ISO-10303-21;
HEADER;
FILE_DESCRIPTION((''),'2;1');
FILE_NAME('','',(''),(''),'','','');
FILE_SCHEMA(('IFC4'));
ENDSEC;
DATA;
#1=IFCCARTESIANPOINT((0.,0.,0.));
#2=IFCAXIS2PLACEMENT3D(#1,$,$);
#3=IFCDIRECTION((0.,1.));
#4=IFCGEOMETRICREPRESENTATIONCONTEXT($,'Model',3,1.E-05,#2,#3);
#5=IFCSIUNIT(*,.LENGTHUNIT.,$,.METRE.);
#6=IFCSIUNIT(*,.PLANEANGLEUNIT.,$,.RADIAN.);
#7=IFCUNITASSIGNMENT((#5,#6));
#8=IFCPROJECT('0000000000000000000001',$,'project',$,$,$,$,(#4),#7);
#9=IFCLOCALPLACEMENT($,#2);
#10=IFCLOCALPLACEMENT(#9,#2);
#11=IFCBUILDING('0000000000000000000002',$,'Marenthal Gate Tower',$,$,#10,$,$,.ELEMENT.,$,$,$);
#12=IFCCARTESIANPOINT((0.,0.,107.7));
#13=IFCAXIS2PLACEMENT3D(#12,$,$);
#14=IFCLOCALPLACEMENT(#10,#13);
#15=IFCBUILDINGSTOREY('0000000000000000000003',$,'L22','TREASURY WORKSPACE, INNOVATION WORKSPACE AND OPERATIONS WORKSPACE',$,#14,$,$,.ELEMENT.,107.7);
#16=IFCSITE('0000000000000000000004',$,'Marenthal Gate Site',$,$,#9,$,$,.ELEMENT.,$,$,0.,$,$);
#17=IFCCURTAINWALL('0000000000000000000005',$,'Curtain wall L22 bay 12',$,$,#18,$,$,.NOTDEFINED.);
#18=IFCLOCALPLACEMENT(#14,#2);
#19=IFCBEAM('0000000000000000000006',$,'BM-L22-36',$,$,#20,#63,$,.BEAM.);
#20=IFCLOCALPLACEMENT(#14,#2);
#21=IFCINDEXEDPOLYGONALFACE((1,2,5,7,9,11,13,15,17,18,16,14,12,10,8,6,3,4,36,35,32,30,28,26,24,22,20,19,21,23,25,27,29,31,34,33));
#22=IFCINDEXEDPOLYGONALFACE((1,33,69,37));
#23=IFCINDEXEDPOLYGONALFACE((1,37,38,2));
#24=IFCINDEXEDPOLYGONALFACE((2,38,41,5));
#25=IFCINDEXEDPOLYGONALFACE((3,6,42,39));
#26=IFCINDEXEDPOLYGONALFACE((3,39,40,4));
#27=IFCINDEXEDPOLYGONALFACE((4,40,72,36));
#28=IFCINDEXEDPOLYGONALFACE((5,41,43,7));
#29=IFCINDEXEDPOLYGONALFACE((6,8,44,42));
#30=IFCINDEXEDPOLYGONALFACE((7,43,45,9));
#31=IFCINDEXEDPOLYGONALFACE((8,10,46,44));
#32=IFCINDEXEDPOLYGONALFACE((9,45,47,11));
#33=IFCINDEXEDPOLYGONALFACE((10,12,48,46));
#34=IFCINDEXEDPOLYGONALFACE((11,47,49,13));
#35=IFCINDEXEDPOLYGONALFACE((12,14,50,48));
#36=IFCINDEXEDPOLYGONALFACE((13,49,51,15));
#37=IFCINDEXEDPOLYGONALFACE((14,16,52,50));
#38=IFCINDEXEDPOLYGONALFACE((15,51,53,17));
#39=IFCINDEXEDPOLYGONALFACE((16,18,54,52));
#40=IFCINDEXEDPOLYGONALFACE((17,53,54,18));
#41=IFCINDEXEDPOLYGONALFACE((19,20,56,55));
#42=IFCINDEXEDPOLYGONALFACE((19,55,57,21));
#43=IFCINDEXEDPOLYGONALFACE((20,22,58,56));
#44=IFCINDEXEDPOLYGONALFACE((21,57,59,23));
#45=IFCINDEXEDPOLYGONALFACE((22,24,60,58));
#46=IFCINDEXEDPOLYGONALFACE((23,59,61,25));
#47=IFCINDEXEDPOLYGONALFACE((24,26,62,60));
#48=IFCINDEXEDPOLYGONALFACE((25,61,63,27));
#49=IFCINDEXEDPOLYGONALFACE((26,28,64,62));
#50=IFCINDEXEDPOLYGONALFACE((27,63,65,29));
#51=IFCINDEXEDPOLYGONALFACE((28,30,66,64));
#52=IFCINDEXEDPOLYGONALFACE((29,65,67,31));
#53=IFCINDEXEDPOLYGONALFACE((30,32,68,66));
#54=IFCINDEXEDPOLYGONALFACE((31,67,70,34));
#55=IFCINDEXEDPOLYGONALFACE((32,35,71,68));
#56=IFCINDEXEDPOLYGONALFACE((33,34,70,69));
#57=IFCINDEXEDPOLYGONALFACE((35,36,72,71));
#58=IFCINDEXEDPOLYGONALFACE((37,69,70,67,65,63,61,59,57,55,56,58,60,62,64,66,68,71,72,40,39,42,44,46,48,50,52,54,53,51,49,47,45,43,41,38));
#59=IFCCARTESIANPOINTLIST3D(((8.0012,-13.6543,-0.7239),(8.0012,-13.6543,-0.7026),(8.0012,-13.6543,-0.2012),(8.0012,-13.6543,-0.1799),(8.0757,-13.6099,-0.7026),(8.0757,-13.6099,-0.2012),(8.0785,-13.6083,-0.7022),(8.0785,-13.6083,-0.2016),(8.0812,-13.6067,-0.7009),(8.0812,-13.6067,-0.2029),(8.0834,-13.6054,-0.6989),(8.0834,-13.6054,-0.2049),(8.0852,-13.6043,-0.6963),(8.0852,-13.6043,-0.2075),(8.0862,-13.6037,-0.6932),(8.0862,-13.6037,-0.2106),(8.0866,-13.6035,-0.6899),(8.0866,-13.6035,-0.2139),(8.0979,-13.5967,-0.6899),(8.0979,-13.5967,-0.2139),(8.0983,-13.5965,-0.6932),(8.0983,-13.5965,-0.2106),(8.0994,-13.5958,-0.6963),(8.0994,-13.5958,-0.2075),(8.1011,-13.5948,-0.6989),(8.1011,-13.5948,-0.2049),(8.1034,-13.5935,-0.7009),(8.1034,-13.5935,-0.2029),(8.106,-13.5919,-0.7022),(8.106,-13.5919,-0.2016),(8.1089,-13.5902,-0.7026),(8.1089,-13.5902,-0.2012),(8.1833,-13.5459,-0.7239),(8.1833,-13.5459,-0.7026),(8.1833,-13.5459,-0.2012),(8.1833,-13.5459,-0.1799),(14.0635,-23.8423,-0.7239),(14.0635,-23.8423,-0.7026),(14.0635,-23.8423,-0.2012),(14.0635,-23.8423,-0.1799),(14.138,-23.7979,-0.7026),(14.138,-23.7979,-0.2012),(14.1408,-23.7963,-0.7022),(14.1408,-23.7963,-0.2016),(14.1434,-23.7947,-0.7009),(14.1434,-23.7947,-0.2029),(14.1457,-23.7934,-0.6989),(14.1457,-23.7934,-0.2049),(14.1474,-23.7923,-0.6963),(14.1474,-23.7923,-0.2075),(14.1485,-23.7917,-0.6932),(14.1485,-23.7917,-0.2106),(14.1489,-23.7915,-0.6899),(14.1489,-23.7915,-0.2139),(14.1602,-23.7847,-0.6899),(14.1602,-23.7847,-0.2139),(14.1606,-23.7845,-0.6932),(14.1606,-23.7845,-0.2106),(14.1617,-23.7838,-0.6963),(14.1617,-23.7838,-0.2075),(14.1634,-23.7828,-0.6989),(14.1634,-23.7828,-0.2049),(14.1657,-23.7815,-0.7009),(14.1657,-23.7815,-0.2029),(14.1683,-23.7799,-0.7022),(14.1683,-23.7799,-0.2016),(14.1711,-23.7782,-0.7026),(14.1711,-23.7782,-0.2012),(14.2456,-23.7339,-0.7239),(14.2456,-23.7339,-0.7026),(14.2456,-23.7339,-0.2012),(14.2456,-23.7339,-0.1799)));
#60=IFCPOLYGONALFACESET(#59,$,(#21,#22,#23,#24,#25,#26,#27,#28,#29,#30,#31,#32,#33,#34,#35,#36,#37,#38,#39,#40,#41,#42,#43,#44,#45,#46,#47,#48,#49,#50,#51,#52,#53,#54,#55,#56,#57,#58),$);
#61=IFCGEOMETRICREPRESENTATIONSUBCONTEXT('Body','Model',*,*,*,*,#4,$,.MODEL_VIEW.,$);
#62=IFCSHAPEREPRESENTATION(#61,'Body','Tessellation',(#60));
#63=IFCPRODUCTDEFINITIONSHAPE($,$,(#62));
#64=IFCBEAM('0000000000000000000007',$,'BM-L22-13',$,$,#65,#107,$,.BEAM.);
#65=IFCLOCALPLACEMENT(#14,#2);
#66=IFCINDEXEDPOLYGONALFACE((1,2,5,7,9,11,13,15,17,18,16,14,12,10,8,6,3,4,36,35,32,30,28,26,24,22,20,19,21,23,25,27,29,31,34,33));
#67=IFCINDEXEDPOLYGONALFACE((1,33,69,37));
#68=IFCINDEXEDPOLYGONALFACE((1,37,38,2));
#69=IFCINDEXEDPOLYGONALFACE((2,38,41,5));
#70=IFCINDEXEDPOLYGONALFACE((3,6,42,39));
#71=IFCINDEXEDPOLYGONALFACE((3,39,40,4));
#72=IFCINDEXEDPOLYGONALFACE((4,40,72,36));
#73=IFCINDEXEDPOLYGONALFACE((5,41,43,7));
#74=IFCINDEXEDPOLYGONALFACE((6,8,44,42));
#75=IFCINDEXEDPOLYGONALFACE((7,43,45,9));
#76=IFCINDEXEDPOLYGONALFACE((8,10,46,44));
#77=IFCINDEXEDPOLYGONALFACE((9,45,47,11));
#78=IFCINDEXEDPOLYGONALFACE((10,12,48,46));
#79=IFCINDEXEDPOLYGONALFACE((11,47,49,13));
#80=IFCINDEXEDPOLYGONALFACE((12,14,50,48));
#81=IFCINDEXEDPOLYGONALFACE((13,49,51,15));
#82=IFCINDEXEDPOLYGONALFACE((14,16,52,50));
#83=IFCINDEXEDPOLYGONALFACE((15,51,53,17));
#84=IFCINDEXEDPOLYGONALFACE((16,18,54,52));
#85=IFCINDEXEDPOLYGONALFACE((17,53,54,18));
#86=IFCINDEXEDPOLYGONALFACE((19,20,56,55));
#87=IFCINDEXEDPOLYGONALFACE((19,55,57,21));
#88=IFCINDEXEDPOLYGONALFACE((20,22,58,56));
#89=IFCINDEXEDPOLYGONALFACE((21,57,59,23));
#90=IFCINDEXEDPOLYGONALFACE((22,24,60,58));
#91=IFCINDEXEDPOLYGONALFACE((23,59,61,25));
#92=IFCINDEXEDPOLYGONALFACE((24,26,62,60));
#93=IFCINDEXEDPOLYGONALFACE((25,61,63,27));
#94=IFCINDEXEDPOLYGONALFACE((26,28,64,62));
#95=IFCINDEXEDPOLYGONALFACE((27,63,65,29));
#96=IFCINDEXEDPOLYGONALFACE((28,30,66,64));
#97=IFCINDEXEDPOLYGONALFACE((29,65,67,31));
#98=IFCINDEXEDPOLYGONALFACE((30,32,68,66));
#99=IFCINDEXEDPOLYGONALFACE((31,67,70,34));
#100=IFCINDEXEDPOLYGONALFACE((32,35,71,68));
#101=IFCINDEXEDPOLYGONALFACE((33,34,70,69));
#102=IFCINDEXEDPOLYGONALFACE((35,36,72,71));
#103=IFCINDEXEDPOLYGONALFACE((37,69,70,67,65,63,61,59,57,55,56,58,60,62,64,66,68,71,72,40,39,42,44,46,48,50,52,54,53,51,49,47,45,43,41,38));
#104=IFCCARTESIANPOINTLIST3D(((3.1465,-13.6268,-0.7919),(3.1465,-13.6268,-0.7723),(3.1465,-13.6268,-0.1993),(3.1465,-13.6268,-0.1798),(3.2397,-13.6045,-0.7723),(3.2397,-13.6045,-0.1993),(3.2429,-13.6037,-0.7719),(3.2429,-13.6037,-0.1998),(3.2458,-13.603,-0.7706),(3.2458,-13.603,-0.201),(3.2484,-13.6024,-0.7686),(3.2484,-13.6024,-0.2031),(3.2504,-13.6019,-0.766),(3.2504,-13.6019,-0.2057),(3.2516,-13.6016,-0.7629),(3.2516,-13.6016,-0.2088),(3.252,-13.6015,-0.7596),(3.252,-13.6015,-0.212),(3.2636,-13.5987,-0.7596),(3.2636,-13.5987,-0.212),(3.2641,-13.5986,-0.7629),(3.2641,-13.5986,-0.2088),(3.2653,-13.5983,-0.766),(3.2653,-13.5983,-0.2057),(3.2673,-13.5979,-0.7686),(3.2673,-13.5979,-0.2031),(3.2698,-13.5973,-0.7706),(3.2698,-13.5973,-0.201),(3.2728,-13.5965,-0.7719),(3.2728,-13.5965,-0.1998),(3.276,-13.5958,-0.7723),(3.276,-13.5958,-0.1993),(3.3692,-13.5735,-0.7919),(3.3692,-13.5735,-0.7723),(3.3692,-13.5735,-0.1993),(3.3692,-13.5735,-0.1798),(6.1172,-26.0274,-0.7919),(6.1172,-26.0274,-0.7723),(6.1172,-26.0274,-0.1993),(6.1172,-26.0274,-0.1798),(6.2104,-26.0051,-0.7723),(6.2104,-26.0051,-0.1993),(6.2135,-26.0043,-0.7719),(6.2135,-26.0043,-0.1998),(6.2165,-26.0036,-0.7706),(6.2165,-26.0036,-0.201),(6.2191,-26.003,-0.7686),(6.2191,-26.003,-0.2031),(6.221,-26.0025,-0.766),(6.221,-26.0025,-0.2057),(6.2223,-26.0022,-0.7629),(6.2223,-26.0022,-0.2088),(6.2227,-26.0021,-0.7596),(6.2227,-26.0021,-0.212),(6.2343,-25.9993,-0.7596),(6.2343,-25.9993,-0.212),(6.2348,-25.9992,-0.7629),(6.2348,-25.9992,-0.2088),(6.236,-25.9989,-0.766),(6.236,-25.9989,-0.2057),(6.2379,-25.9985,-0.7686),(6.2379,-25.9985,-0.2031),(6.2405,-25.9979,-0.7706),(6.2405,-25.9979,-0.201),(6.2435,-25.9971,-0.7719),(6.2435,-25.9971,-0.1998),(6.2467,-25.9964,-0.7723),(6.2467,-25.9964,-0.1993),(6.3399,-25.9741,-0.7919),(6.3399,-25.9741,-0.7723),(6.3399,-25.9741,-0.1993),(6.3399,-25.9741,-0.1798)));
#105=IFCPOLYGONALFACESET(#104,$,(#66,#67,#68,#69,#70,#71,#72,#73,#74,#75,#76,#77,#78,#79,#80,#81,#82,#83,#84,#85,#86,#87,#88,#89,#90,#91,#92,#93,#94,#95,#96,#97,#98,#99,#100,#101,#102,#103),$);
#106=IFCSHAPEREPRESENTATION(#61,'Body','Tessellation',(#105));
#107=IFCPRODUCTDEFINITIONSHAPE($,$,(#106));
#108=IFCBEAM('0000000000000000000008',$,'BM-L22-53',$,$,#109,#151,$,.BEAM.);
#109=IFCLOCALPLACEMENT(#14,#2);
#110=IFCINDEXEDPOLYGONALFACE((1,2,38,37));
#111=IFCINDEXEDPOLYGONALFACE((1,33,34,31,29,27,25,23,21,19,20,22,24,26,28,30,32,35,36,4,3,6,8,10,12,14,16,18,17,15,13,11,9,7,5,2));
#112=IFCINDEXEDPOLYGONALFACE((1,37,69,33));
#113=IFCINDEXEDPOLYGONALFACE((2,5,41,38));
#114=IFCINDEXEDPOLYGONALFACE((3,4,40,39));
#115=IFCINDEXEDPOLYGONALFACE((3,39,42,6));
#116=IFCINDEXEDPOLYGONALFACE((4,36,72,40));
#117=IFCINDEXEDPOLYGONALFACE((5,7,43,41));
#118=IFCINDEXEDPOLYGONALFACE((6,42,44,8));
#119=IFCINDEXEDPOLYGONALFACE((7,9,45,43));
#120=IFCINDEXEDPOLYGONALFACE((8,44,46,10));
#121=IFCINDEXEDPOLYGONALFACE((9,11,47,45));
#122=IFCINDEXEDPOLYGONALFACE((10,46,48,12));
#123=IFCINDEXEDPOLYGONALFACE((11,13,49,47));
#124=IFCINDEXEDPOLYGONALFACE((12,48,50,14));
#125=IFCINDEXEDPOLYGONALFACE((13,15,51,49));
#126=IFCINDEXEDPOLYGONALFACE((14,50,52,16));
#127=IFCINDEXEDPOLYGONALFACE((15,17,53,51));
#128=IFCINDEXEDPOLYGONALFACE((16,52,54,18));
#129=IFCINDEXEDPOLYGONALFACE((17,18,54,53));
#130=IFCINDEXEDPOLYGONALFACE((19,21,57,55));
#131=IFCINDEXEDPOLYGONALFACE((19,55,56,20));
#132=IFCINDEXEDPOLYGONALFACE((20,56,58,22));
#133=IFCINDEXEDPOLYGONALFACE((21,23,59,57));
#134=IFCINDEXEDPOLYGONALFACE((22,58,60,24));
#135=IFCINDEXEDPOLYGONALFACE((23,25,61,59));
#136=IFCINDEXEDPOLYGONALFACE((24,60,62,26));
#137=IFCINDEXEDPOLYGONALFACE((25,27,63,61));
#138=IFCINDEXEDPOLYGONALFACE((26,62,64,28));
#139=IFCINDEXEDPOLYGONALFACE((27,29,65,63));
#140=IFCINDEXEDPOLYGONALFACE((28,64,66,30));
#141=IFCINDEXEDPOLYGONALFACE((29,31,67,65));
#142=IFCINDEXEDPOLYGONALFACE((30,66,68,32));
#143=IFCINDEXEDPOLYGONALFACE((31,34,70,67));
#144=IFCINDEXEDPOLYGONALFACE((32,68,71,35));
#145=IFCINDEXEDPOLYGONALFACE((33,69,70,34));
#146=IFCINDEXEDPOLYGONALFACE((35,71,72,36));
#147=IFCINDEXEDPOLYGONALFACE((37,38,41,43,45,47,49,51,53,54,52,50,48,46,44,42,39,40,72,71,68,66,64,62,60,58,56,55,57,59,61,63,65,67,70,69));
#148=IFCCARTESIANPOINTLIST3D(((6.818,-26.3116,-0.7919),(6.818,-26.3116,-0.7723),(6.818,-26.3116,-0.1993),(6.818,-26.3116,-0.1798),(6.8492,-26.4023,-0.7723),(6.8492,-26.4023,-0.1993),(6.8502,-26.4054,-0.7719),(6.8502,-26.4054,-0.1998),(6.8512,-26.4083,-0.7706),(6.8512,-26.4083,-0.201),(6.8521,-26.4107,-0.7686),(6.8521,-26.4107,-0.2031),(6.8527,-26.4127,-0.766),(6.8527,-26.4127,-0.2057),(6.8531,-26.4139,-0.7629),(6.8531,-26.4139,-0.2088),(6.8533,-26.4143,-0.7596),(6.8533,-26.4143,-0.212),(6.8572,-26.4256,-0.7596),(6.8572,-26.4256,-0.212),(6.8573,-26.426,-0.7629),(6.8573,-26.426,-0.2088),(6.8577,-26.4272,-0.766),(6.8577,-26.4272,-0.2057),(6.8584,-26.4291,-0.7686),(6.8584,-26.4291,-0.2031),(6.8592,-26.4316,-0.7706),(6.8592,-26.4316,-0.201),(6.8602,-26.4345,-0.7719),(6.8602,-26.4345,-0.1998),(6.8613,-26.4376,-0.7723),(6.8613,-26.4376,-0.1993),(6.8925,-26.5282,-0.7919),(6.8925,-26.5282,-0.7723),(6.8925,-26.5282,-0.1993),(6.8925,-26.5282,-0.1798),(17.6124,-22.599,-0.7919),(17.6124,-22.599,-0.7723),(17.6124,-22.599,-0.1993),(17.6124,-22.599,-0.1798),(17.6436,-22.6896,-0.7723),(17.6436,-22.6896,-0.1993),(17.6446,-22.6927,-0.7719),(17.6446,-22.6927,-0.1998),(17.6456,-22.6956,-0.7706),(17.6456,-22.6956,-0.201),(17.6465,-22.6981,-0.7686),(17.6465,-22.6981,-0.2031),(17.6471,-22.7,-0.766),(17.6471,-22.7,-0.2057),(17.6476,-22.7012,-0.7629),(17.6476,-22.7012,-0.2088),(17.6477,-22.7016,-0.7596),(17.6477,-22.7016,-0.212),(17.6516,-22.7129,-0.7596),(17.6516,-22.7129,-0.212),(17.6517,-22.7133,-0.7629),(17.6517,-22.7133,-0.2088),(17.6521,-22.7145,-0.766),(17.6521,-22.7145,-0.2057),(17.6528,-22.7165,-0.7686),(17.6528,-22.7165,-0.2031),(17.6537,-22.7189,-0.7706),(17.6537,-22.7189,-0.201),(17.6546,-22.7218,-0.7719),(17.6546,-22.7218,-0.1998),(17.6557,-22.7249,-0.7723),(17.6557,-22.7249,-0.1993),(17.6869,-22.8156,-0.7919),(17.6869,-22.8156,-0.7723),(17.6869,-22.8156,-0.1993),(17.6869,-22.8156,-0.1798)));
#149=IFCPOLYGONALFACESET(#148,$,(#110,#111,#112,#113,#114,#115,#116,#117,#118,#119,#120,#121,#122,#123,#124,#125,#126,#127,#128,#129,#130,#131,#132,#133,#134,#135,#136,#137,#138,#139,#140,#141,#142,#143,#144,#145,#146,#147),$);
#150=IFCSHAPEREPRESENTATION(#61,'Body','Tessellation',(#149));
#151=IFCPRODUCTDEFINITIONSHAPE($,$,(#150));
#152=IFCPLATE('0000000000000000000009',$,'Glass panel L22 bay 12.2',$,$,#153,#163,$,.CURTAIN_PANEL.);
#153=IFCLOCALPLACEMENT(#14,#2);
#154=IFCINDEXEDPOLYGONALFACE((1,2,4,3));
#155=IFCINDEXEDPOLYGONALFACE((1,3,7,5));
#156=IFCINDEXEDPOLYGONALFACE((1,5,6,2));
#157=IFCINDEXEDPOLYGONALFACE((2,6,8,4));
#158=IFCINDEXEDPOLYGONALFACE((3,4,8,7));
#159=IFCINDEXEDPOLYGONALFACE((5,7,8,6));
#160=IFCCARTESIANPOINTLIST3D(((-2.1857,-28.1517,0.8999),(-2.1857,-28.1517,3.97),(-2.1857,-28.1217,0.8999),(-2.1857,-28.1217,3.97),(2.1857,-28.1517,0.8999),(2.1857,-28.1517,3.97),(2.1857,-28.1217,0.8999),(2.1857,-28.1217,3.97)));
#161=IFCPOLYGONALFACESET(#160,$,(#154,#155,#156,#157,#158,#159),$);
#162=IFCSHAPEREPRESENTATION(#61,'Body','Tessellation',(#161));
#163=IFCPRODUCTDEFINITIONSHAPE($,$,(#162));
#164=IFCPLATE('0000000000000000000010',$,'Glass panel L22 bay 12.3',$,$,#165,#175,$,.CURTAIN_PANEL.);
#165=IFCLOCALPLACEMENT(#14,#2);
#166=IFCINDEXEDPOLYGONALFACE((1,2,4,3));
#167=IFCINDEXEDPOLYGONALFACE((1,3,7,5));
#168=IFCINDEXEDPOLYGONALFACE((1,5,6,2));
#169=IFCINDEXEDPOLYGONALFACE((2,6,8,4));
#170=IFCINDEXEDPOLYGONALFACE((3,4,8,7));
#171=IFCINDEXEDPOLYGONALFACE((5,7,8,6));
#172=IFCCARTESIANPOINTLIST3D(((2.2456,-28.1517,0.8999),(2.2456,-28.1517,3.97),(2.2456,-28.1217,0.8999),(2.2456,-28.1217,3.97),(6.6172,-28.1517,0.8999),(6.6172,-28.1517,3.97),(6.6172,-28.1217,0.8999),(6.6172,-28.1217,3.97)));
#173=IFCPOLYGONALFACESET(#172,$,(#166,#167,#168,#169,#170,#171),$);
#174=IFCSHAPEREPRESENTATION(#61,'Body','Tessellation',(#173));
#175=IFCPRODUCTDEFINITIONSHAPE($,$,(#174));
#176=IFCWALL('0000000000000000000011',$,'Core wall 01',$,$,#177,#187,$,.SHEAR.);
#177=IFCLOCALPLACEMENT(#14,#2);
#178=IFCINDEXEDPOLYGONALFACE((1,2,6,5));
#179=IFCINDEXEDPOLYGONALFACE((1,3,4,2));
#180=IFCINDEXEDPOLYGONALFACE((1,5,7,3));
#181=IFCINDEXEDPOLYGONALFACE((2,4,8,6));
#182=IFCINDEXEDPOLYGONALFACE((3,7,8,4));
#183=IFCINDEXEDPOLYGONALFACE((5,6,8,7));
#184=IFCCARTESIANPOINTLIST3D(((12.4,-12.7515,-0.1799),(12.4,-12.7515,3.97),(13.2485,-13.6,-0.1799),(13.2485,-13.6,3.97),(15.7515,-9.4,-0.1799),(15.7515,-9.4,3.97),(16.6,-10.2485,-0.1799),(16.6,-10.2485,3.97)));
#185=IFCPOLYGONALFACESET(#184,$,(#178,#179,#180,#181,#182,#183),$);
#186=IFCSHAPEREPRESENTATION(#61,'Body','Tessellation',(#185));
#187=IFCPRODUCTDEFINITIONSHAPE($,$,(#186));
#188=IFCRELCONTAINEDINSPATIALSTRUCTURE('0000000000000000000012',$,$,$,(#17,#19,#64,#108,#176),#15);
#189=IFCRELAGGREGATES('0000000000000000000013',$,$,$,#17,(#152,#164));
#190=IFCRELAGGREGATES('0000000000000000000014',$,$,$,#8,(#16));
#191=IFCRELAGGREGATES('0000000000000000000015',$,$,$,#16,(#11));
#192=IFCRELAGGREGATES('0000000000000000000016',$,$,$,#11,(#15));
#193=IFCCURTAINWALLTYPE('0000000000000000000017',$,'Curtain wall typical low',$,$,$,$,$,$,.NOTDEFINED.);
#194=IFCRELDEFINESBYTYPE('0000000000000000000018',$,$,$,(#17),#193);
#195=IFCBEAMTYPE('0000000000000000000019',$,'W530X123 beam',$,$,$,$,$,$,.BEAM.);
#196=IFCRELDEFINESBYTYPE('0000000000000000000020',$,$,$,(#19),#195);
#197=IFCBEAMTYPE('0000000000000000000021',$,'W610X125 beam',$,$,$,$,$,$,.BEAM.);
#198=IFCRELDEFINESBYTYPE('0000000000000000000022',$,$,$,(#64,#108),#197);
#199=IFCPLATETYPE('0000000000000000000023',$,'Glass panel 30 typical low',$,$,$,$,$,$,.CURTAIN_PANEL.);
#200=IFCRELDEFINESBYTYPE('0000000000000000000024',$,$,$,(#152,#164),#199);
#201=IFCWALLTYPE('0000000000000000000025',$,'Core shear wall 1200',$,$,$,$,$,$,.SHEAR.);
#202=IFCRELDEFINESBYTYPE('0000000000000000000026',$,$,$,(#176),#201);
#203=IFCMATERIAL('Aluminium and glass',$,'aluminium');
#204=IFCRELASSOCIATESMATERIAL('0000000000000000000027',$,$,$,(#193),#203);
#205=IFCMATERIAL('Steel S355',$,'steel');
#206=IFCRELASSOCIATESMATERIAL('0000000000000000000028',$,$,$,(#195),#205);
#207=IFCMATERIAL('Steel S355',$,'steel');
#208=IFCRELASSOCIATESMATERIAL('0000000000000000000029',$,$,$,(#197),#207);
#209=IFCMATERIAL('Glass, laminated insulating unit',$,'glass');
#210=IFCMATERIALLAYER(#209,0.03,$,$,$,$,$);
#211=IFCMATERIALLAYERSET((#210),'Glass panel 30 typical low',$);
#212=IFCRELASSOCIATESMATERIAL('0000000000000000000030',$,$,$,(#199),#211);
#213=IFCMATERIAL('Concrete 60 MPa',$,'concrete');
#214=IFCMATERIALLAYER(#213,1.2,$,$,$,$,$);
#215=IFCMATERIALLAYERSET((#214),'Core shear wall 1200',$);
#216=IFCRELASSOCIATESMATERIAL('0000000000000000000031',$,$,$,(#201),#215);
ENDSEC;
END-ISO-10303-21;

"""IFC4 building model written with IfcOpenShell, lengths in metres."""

from ifc_helpers import new_model, si_unit, direction, frame, frame_2d, origin, origin_2d, place, context, subcontext, project, spatial, rectangle, i_section, extrude, material, layer, layer_set, material_profile, profile_set, type_object, element, aggregate, save


model = new_model("IFC4")

# Units and contexts
model_context = context("Model", 3, precision=1e-05, world=origin(), true_north=direction((0.0, 1.0)))
body_context = subcontext(model_context, "Body", "Model", "MODEL_VIEW")
ifc_project = project(units=[si_unit("LENGTHUNIT", "METRE"), si_unit("PLANEANGLEUNIT", "RADIAN")], contexts=[model_context])

# Site, building, storey
site_placement = place(None, origin())
site = spatial("IfcSite", under=ifc_project, at=site_placement, Name="Marenthal Gate Site", CompositionType="ELEMENT", RefElevation=0.0)
building_placement = place(site_placement, origin())
building = spatial("IfcBuilding", under=site, at=building_placement, Name="Marenthal Gate Tower", CompositionType="ELEMENT")
storey_placement = place(building_placement, frame((0.0, 0.0, 107.7)))
storey = spatial("IfcBuildingStorey", under=building, at=storey_placement, Name="L22", Description="TREASURY WORKSPACE, INNOVATION WORKSPACE AND OPERATIONS WORKSPACE", CompositionType="ELEMENT", Elevation=107.7)

# Curtain wall
ifc_material_1 = material(Name="Aluminium and glass", Category="aluminium")
curtain_wall_type = type_object("IfcCurtainWallType", Name="Curtain wall typical low", PredefinedType="NOTDEFINED", material=ifc_material_1)
curtain_wall_placement = place(storey_placement, origin())
curtain_wall = element("IfcCurtainWall", 1, at=curtain_wall_placement, inside=storey, type_object=curtain_wall_type, Name="Curtain wall L22 bay 12", PredefinedType="NOTDEFINED")

# Beams
ifc_material_2 = material(Name="Steel S355", Category="steel")
ifc_material_profile_1 = material_profile(ifc_material_2, i_section(OverallWidth=0.2119, OverallDepth=0.5439, WebThickness=0.0132, FlangeThickness=0.0212, FilletRadius=0.0127, at=origin_2d()), Name="W530X123")
ifc_profile_set_1 = profile_set([ifc_material_profile_1], Name="Steel S355")
beam_type_1 = type_object("IfcBeamType", Name="W530X123 beam", PredefinedType="BEAM", material=ifc_profile_set_1)
beam_1_placement = place(storey_placement, frame((14.1545, -23.7881, -0.4519), z_axis=(-0.511358, 0.859368, 0.0), x_axis=(-0.859368, -0.511358, 0.0)))
element("IfcBeam", 2, at=beam_1_placement, inside=storey, type_object=beam_type_1, Name="BM-L22-36", PredefinedType="BEAM", context=body_context, shape_type="SweptSolid", body=[
    extrude(i_section(OverallWidth=0.2119, OverallDepth=0.5439, WebThickness=0.0132, FlangeThickness=0.0212, FilletRadius=0.0127, at=origin_2d()), origin(), (0.0, 0.0, 1.0), 11.8552),
])
ifc_material_3 = material(Name="Steel S355", Category="steel")
ifc_material_profile_2 = material_profile(ifc_material_3, i_section(OverallWidth=0.229, OverallDepth=0.6121, WebThickness=0.012, FlangeThickness=0.0195, FilletRadius=0.0127, at=origin_2d()), Name="W610X125")
ifc_profile_set_2 = profile_set([ifc_material_profile_2], Name="Steel S355")
beam_type_2 = type_object("IfcBeamType", Name="W610X125 beam", PredefinedType="BEAM", material=ifc_profile_set_2)
beam_2_placement = place(storey_placement, frame((6.2285, -26.0007, -0.4858), z_axis=(-0.232969, 0.972484, 0.0), x_axis=(-0.972484, -0.232969, 0.0)))
element("IfcBeam", 3, at=beam_2_placement, inside=storey, type_object=beam_type_2, Name="BM-L22-13", PredefinedType="BEAM", context=body_context, shape_type="SweptSolid", body=[
    extrude(i_section(OverallWidth=0.229, OverallDepth=0.6121, WebThickness=0.012, FlangeThickness=0.0195, FilletRadius=0.0127, at=origin_2d()), origin(), (0.0, 0.0, 1.0), 12.7515),
])
beam_3_placement = place(storey_placement, frame((6.8552, -26.4199, -0.4858), z_axis=(0.945631, 0.325241, 0.0), x_axis=(-0.325241, 0.945631, 0.0)))
element("IfcBeam", 4, at=beam_3_placement, inside=storey, type_object=beam_type_2, Name="BM-L22-53", PredefinedType="BEAM", context=body_context, shape_type="SweptSolid", body=[
    extrude(i_section(OverallWidth=0.229, OverallDepth=0.6121, WebThickness=0.012, FlangeThickness=0.0195, FilletRadius=0.0127, at=origin_2d()), origin(), (0.0, 0.0, 1.0), 11.415),
])

# Plates
ifc_material_4 = material(Name="Glass, laminated insulating unit", Category="glass")
ifc_layer_1 = layer(ifc_material_4, 0.03)
ifc_layer_set_1 = layer_set([ifc_layer_1], Name="Glass panel 30 typical low")
plate_type = type_object("IfcPlateType", Name="Glass panel 30 typical low", PredefinedType="CURTAIN_PANEL", material=ifc_layer_set_1)
plate_1_placement = place(storey_placement, frame((0.0, -28.1367, 0.8999), z_axis=(0.0, 0.0, 1.0), x_axis=(1.0, 0.0, 0.0)))
plate_1 = element("IfcPlate", 5, at=plate_1_placement, type_object=plate_type, Name="Glass panel L22 bay 12.2", PredefinedType="CURTAIN_PANEL", context=body_context, shape_type="SweptSolid", body=[
    extrude(rectangle(XDim=4.3713, YDim=0.03, at=origin_2d()), origin(), (0.0, 0.0, 1.0), 3.0701),
])
plate_2_placement = place(storey_placement, frame((4.4314, -28.1367, 0.8999), z_axis=(0.0, 0.0, 1.0), x_axis=(1.0, 0.0, 0.0)))
plate_2 = element("IfcPlate", 6, at=plate_2_placement, type_object=plate_type, Name="Glass panel L22 bay 12.3", PredefinedType="CURTAIN_PANEL", context=body_context, shape_type="SweptSolid", body=[
    extrude(rectangle(XDim=4.3716, YDim=0.03, at=origin_2d()), origin(), (0.0, 0.0, 1.0), 3.0701),
])
aggregate(curtain_wall, [plate_1, plate_2])

# Wall
ifc_material_5 = material(Name="Concrete 60 MPa", Category="concrete")
ifc_layer_2 = layer(ifc_material_5, 1.2)
ifc_layer_set_2 = layer_set([ifc_layer_2], Name="Core shear wall 1200")
wall_type_1 = type_object("IfcWallType", Name="Core shear wall 1200", PredefinedType="SHEAR", material=ifc_layer_set_2)
wall_1_placement = place(storey_placement, frame((12.8242, -13.1758, -0.1799), z_axis=(0.0, 0.0, 1.0), x_axis=(0.707107, 0.707107, 0.0)))
element("IfcWall", 7, at=wall_1_placement, inside=storey, type_object=wall_type_1, Name="Core wall 01", PredefinedType="SHEAR", context=body_context, shape_type="SweptSolid", body=[
    extrude(rectangle(XDim=4.7397, YDim=1.2, at=frame_2d((2.3699, 0.0))), origin(), (0.0, 0.0, 1.0), 4.1499),
])

save(model, "model.ifc")
